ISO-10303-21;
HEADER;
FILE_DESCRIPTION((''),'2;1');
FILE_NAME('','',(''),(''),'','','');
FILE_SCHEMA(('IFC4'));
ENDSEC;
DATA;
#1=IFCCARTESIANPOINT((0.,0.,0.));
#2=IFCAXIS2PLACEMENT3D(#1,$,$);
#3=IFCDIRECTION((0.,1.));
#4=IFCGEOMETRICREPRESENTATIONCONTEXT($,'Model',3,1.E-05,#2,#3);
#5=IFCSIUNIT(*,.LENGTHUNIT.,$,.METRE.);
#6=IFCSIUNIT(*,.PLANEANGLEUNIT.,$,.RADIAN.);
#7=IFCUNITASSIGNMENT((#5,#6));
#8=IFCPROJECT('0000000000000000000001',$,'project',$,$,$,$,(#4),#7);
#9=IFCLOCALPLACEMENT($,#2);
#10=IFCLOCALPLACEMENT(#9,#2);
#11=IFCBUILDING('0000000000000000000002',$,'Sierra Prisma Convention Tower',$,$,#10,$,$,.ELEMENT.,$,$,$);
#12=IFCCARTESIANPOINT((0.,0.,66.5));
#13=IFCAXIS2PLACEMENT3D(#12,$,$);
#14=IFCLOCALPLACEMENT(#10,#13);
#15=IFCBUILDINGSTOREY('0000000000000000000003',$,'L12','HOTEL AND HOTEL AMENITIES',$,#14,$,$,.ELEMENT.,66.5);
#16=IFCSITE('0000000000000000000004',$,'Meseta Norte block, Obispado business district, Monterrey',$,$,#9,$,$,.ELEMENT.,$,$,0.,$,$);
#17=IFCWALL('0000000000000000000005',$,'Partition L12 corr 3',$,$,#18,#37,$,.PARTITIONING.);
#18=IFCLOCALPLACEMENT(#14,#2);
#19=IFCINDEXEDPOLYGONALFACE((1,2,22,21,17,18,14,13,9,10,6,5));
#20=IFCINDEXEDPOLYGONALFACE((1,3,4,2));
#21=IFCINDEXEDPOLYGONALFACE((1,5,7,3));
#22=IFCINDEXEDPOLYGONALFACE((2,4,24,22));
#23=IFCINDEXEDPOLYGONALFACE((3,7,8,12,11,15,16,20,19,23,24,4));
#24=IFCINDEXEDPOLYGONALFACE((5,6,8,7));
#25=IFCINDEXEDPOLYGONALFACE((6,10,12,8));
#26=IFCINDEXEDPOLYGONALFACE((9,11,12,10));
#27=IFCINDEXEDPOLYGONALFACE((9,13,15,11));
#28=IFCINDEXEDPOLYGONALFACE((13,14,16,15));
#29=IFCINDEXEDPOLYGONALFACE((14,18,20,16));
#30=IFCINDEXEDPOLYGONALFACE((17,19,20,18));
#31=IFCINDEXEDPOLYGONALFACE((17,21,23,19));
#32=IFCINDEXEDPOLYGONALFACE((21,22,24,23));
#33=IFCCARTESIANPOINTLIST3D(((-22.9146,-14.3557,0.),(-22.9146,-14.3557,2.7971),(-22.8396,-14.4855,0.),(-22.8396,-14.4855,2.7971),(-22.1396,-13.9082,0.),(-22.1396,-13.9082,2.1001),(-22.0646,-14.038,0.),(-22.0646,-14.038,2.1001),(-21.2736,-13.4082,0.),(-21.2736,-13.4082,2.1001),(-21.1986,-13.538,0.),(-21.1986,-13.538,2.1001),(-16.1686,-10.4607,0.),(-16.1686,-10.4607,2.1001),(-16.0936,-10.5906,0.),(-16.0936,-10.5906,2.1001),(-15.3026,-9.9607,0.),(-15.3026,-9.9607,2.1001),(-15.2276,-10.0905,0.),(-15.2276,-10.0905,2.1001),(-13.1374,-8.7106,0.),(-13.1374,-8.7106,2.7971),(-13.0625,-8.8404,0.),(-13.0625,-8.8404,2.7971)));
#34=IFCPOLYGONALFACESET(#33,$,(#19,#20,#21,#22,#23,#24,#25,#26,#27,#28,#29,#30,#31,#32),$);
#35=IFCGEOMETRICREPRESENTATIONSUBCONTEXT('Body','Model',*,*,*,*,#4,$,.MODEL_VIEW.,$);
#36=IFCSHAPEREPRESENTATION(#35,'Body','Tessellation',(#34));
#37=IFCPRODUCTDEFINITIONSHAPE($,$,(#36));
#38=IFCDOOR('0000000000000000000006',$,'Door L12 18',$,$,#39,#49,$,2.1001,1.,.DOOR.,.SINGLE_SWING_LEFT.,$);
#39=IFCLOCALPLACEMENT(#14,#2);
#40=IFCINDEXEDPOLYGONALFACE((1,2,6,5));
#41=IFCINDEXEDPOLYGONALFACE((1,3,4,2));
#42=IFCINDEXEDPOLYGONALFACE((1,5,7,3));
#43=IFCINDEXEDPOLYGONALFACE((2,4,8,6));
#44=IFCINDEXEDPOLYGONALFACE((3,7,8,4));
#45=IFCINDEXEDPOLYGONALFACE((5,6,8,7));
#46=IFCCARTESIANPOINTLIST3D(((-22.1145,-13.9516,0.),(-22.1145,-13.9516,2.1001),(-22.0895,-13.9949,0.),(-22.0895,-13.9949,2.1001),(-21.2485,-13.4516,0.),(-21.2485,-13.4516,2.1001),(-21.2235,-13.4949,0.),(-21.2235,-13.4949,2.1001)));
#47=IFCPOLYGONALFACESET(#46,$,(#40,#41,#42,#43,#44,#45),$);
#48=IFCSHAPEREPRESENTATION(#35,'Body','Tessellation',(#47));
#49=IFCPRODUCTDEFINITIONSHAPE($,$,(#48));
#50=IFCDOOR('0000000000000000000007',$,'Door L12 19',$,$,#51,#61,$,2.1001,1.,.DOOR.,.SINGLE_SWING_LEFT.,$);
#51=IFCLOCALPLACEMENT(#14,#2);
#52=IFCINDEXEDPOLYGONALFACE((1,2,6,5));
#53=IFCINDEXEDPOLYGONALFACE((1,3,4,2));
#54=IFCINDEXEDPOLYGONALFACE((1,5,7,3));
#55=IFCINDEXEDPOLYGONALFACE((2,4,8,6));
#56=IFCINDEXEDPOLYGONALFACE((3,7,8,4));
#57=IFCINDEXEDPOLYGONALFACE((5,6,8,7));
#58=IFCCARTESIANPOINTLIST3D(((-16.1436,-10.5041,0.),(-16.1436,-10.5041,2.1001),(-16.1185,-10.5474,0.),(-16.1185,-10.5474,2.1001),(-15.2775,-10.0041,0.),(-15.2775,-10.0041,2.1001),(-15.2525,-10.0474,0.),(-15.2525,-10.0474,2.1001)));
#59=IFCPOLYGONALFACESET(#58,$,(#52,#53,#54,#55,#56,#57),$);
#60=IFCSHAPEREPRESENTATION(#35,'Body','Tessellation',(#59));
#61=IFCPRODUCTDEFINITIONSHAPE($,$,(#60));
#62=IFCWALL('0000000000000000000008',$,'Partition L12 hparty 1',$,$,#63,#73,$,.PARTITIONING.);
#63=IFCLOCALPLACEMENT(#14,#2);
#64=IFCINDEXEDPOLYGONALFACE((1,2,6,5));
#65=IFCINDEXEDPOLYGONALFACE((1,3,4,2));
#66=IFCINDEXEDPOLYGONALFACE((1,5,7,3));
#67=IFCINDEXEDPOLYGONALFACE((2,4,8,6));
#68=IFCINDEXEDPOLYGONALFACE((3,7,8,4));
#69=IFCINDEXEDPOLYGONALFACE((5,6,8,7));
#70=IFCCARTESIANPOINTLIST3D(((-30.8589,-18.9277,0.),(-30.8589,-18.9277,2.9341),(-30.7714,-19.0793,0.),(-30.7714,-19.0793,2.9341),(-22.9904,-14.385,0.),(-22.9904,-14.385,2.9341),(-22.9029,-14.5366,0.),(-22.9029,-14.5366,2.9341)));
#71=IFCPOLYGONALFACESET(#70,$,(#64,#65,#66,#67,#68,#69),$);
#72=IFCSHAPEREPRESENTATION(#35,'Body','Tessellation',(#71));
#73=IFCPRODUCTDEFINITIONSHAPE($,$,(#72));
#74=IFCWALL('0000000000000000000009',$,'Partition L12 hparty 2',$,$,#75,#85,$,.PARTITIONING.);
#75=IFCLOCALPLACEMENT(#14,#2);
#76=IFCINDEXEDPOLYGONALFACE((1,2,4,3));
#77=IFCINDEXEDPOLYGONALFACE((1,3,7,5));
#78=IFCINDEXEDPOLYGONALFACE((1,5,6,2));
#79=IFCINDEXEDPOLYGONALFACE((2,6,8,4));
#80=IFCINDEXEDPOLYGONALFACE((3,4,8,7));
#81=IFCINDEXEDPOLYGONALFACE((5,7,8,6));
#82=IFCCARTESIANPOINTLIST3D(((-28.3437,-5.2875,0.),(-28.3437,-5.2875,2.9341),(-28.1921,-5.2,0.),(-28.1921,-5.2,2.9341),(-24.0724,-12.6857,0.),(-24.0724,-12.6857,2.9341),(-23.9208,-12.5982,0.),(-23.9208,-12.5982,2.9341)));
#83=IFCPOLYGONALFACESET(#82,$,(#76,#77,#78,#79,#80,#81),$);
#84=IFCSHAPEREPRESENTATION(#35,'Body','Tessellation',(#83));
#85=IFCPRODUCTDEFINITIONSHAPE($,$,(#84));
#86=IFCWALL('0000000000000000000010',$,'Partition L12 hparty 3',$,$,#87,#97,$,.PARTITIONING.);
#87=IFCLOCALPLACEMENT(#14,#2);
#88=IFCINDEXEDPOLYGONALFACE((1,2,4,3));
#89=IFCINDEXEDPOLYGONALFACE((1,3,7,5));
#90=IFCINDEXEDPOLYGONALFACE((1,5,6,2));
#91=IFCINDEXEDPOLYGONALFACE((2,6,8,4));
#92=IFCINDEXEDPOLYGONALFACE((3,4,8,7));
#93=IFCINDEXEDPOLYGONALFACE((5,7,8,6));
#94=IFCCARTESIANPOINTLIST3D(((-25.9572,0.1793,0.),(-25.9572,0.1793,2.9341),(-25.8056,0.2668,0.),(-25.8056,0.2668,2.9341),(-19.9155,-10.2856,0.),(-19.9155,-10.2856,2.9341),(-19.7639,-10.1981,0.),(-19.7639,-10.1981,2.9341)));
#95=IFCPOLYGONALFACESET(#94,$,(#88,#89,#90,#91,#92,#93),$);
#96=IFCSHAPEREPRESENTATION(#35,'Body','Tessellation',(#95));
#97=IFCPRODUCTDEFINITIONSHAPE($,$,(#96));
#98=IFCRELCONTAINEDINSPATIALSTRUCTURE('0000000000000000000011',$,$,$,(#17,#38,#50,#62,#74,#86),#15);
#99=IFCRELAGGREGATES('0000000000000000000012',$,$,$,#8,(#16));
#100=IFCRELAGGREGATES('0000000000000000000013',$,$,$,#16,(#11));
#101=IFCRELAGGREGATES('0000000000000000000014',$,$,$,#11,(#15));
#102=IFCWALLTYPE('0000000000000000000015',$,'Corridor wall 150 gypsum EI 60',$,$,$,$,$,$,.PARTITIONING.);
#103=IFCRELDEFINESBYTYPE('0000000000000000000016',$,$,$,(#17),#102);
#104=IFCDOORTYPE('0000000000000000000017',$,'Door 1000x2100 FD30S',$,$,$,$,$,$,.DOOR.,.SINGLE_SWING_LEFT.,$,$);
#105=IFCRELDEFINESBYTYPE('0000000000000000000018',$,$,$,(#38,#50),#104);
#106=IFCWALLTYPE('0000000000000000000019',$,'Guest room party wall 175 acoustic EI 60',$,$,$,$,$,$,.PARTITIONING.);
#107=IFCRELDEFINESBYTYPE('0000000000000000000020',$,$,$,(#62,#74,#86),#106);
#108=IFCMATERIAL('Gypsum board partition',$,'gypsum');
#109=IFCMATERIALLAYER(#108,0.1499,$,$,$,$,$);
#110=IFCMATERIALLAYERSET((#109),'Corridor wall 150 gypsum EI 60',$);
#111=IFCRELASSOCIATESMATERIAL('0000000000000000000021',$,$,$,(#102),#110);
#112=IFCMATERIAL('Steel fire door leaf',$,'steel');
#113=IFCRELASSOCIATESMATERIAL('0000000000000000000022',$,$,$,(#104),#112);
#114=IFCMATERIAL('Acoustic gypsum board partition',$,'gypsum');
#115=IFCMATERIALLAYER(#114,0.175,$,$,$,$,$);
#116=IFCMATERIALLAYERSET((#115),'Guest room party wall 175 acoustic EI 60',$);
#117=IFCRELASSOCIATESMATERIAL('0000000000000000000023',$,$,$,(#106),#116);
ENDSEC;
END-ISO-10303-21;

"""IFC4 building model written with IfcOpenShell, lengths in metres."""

from ifc_helpers import new_model, si_unit, direction, frame, frame_2d, origin, place, context, subcontext, project, spatial, rectangle, extrude, material, layer, layer_set, type_object, element, fill, save


model = new_model("IFC4")

# Units and contexts
model_context = context("Model", 3, precision=1e-05, world=origin(), true_north=direction((0.0, 1.0)))
body_context = subcontext(model_context, "Body", "Model", "MODEL_VIEW")
ifc_project = project(units=[si_unit("LENGTHUNIT", "METRE"), si_unit("PLANEANGLEUNIT", "RADIAN")], contexts=[model_context])

# Site, building, storey
site_placement = place(None, origin())
site = spatial("IfcSite", under=ifc_project, at=site_placement, Name="Meseta Norte block, Obispado business district, Monterrey", CompositionType="ELEMENT", RefElevation=0.0)
building_placement = place(site_placement, origin())
building = spatial("IfcBuilding", under=site, at=building_placement, Name="Sierra Prisma Convention Tower", CompositionType="ELEMENT")
storey_placement = place(building_placement, frame((0.0, 0.0, 66.5)))
storey = spatial("IfcBuildingStorey", under=building, at=storey_placement, Name="L12", Description="HOTEL AND HOTEL AMENITIES", CompositionType="ELEMENT", Elevation=66.5)

# Shared definitions
ifc_material_1 = material(Name="Gypsum board partition", Category="gypsum")
ifc_layer_1 = layer(ifc_material_1, 0.1499)
ifc_layer_set_1 = layer_set([ifc_layer_1], Name="Corridor wall 150 gypsum EI 60")
wall_type_1 = type_object("IfcWallType", Name="Corridor wall 150 gypsum EI 60", PredefinedType="PARTITIONING", material=ifc_layer_set_1)
ifc_material_2 = material(Name="Steel fire door leaf", Category="steel")
door_type_1 = type_object("IfcDoorType", Name="Door 1000x2100 FD30S", OperationType="SINGLE_SWING_LEFT", PredefinedType="DOOR", material=ifc_material_2)

# Wall, openings, doors
wall_1_placement = place(storey_placement, frame((-22.8772, -14.4207, 0.0), z_axis=(0.0, 0.0, 1.0), x_axis=(0.866017, 0.500014, 0.0)))
wall_1 = element("IfcWall", 1, at=wall_1_placement, inside=storey, type_object=wall_type_1, Name="Partition L12 corr 3", PredefinedType="PARTITIONING", context=body_context, shape_type="SweptSolid", body=[
    extrude(rectangle(XDim=11.2898, YDim=0.1499, at=frame_2d((5.645, 0.0))), origin(), (0.0, 0.0, 1.0), 2.7971),
])
opening_1_placement = place(wall_1_placement, frame((0.895, 0.0, 0.0)))
opening_1 = element("IfcOpeningElement", 2, at=opening_1_placement, cuts=wall_1, PredefinedType="OPENING", context=body_context, shape_type="SweptSolid", body=[
    extrude(rectangle(XDim=1.0, YDim=2.1001, at=frame_2d((0.5, 1.05))), frame((0.0, 0.075, 0.0), z_axis=(0.0, -1.0, 0.0), x_axis=(1.0, 0.0, 0.0)), (0.0, 0.0, 1.0), 0.1499),
])
opening_2_placement = place(wall_1_placement, frame((7.7898, 0.0, 0.0)))
opening_2 = element("IfcOpeningElement", 3, at=opening_2_placement, cuts=wall_1, PredefinedType="OPENING", context=body_context, shape_type="SweptSolid", body=[
    extrude(rectangle(XDim=1.0, YDim=2.1001, at=frame_2d((0.5, 1.05))), frame((0.0, 0.075, 0.0), z_axis=(0.0, -1.0, 0.0), x_axis=(1.0, 0.0, 0.0)), (0.0, 0.0, 1.0), 0.1499),
])
door_1_placement = place(opening_1_placement, origin())
door_1 = element("IfcDoor", 4, at=door_1_placement, inside=storey, type_object=door_type_1, Name="Door L12 18", OperationType="SINGLE_SWING_LEFT", OverallHeight=2.1001, OverallWidth=1.0, PredefinedType="DOOR", context=body_context, shape_type="SweptSolid", body=[
    extrude(rectangle(XDim=1.0, YDim=2.1001, at=frame_2d((0.5, 1.05))), frame((0.0, 0.0249, 0.0), z_axis=(0.0, -1.0, 0.0), x_axis=(1.0, 0.0, 0.0)), (0.0, 0.0, 1.0), 0.05),
])
fill(opening_1, door_1)
door_2_placement = place(opening_2_placement, origin())
door_2 = element("IfcDoor", 5, at=door_2_placement, inside=storey, type_object=door_type_1, Name="Door L12 19", OperationType="SINGLE_SWING_LEFT", OverallHeight=2.1001, OverallWidth=1.0, PredefinedType="DOOR", context=body_context, shape_type="SweptSolid", body=[
    extrude(rectangle(XDim=1.0, YDim=2.1001, at=frame_2d((0.5, 1.05))), frame((0.0, 0.0249, 0.0), z_axis=(0.0, -1.0, 0.0), x_axis=(1.0, 0.0, 0.0)), (0.0, 0.0, 1.0), 0.05),
])
fill(opening_2, door_2)

# Walls
ifc_material_3 = material(Name="Acoustic gypsum board partition", Category="gypsum")
ifc_layer_2 = layer(ifc_material_3, 0.175)
ifc_layer_set_2 = layer_set([ifc_layer_2], Name="Guest room party wall 175 acoustic EI 60")
wall_type_2 = type_object("IfcWallType", Name="Guest room party wall 175 acoustic EI 60", PredefinedType="PARTITIONING", material=ifc_layer_set_2)
wall_2_placement = place(storey_placement, frame((-22.9465, -14.4607, 0.0), z_axis=(0.0, 0.0, 1.0), x_axis=(-0.86603, -0.499991, 0.0)))
element("IfcWall", 6, at=wall_2_placement, inside=storey, type_object=wall_type_2, Name="Partition L12 hparty 1", PredefinedType="PARTITIONING", context=body_context, shape_type="SweptSolid", body=[
    extrude(rectangle(XDim=9.0857, YDim=0.175, at=frame_2d((4.543, 0.0))), origin(), (0.0, 0.0, 1.0), 2.9341),
])
wall_3_placement = place(storey_placement, frame((-23.9966, -12.6421, 0.0), z_axis=(0.0, 0.0, 1.0), x_axis=(-0.49999, 0.866031, 0.0)))
element("IfcWall", 7, at=wall_3_placement, inside=storey, type_object=wall_type_2, Name="Partition L12 hparty 2", PredefinedType="PARTITIONING", context=body_context, shape_type="SweptSolid", body=[
    extrude(rectangle(XDim=8.5427, YDim=0.175, at=frame_2d((4.2715, 0.0))), origin(), (0.0, 0.0, 1.0), 2.9341),
])
wall_4_placement = place(storey_placement, frame((-19.8396, -10.2419, 0.0), z_axis=(0.0, 0.0, 1.0), x_axis=(-0.499992, 0.86603, 0.0)))
element("IfcWall", 8, at=wall_4_placement, inside=storey, type_object=wall_type_2, Name="Partition L12 hparty 3", PredefinedType="PARTITIONING", context=body_context, shape_type="SweptSolid", body=[
    extrude(rectangle(XDim=12.0837, YDim=0.175, at=frame_2d((6.042, 0.0))), origin(), (0.0, 0.0, 1.0), 2.9341),
])

save(model, "model.ifc")
